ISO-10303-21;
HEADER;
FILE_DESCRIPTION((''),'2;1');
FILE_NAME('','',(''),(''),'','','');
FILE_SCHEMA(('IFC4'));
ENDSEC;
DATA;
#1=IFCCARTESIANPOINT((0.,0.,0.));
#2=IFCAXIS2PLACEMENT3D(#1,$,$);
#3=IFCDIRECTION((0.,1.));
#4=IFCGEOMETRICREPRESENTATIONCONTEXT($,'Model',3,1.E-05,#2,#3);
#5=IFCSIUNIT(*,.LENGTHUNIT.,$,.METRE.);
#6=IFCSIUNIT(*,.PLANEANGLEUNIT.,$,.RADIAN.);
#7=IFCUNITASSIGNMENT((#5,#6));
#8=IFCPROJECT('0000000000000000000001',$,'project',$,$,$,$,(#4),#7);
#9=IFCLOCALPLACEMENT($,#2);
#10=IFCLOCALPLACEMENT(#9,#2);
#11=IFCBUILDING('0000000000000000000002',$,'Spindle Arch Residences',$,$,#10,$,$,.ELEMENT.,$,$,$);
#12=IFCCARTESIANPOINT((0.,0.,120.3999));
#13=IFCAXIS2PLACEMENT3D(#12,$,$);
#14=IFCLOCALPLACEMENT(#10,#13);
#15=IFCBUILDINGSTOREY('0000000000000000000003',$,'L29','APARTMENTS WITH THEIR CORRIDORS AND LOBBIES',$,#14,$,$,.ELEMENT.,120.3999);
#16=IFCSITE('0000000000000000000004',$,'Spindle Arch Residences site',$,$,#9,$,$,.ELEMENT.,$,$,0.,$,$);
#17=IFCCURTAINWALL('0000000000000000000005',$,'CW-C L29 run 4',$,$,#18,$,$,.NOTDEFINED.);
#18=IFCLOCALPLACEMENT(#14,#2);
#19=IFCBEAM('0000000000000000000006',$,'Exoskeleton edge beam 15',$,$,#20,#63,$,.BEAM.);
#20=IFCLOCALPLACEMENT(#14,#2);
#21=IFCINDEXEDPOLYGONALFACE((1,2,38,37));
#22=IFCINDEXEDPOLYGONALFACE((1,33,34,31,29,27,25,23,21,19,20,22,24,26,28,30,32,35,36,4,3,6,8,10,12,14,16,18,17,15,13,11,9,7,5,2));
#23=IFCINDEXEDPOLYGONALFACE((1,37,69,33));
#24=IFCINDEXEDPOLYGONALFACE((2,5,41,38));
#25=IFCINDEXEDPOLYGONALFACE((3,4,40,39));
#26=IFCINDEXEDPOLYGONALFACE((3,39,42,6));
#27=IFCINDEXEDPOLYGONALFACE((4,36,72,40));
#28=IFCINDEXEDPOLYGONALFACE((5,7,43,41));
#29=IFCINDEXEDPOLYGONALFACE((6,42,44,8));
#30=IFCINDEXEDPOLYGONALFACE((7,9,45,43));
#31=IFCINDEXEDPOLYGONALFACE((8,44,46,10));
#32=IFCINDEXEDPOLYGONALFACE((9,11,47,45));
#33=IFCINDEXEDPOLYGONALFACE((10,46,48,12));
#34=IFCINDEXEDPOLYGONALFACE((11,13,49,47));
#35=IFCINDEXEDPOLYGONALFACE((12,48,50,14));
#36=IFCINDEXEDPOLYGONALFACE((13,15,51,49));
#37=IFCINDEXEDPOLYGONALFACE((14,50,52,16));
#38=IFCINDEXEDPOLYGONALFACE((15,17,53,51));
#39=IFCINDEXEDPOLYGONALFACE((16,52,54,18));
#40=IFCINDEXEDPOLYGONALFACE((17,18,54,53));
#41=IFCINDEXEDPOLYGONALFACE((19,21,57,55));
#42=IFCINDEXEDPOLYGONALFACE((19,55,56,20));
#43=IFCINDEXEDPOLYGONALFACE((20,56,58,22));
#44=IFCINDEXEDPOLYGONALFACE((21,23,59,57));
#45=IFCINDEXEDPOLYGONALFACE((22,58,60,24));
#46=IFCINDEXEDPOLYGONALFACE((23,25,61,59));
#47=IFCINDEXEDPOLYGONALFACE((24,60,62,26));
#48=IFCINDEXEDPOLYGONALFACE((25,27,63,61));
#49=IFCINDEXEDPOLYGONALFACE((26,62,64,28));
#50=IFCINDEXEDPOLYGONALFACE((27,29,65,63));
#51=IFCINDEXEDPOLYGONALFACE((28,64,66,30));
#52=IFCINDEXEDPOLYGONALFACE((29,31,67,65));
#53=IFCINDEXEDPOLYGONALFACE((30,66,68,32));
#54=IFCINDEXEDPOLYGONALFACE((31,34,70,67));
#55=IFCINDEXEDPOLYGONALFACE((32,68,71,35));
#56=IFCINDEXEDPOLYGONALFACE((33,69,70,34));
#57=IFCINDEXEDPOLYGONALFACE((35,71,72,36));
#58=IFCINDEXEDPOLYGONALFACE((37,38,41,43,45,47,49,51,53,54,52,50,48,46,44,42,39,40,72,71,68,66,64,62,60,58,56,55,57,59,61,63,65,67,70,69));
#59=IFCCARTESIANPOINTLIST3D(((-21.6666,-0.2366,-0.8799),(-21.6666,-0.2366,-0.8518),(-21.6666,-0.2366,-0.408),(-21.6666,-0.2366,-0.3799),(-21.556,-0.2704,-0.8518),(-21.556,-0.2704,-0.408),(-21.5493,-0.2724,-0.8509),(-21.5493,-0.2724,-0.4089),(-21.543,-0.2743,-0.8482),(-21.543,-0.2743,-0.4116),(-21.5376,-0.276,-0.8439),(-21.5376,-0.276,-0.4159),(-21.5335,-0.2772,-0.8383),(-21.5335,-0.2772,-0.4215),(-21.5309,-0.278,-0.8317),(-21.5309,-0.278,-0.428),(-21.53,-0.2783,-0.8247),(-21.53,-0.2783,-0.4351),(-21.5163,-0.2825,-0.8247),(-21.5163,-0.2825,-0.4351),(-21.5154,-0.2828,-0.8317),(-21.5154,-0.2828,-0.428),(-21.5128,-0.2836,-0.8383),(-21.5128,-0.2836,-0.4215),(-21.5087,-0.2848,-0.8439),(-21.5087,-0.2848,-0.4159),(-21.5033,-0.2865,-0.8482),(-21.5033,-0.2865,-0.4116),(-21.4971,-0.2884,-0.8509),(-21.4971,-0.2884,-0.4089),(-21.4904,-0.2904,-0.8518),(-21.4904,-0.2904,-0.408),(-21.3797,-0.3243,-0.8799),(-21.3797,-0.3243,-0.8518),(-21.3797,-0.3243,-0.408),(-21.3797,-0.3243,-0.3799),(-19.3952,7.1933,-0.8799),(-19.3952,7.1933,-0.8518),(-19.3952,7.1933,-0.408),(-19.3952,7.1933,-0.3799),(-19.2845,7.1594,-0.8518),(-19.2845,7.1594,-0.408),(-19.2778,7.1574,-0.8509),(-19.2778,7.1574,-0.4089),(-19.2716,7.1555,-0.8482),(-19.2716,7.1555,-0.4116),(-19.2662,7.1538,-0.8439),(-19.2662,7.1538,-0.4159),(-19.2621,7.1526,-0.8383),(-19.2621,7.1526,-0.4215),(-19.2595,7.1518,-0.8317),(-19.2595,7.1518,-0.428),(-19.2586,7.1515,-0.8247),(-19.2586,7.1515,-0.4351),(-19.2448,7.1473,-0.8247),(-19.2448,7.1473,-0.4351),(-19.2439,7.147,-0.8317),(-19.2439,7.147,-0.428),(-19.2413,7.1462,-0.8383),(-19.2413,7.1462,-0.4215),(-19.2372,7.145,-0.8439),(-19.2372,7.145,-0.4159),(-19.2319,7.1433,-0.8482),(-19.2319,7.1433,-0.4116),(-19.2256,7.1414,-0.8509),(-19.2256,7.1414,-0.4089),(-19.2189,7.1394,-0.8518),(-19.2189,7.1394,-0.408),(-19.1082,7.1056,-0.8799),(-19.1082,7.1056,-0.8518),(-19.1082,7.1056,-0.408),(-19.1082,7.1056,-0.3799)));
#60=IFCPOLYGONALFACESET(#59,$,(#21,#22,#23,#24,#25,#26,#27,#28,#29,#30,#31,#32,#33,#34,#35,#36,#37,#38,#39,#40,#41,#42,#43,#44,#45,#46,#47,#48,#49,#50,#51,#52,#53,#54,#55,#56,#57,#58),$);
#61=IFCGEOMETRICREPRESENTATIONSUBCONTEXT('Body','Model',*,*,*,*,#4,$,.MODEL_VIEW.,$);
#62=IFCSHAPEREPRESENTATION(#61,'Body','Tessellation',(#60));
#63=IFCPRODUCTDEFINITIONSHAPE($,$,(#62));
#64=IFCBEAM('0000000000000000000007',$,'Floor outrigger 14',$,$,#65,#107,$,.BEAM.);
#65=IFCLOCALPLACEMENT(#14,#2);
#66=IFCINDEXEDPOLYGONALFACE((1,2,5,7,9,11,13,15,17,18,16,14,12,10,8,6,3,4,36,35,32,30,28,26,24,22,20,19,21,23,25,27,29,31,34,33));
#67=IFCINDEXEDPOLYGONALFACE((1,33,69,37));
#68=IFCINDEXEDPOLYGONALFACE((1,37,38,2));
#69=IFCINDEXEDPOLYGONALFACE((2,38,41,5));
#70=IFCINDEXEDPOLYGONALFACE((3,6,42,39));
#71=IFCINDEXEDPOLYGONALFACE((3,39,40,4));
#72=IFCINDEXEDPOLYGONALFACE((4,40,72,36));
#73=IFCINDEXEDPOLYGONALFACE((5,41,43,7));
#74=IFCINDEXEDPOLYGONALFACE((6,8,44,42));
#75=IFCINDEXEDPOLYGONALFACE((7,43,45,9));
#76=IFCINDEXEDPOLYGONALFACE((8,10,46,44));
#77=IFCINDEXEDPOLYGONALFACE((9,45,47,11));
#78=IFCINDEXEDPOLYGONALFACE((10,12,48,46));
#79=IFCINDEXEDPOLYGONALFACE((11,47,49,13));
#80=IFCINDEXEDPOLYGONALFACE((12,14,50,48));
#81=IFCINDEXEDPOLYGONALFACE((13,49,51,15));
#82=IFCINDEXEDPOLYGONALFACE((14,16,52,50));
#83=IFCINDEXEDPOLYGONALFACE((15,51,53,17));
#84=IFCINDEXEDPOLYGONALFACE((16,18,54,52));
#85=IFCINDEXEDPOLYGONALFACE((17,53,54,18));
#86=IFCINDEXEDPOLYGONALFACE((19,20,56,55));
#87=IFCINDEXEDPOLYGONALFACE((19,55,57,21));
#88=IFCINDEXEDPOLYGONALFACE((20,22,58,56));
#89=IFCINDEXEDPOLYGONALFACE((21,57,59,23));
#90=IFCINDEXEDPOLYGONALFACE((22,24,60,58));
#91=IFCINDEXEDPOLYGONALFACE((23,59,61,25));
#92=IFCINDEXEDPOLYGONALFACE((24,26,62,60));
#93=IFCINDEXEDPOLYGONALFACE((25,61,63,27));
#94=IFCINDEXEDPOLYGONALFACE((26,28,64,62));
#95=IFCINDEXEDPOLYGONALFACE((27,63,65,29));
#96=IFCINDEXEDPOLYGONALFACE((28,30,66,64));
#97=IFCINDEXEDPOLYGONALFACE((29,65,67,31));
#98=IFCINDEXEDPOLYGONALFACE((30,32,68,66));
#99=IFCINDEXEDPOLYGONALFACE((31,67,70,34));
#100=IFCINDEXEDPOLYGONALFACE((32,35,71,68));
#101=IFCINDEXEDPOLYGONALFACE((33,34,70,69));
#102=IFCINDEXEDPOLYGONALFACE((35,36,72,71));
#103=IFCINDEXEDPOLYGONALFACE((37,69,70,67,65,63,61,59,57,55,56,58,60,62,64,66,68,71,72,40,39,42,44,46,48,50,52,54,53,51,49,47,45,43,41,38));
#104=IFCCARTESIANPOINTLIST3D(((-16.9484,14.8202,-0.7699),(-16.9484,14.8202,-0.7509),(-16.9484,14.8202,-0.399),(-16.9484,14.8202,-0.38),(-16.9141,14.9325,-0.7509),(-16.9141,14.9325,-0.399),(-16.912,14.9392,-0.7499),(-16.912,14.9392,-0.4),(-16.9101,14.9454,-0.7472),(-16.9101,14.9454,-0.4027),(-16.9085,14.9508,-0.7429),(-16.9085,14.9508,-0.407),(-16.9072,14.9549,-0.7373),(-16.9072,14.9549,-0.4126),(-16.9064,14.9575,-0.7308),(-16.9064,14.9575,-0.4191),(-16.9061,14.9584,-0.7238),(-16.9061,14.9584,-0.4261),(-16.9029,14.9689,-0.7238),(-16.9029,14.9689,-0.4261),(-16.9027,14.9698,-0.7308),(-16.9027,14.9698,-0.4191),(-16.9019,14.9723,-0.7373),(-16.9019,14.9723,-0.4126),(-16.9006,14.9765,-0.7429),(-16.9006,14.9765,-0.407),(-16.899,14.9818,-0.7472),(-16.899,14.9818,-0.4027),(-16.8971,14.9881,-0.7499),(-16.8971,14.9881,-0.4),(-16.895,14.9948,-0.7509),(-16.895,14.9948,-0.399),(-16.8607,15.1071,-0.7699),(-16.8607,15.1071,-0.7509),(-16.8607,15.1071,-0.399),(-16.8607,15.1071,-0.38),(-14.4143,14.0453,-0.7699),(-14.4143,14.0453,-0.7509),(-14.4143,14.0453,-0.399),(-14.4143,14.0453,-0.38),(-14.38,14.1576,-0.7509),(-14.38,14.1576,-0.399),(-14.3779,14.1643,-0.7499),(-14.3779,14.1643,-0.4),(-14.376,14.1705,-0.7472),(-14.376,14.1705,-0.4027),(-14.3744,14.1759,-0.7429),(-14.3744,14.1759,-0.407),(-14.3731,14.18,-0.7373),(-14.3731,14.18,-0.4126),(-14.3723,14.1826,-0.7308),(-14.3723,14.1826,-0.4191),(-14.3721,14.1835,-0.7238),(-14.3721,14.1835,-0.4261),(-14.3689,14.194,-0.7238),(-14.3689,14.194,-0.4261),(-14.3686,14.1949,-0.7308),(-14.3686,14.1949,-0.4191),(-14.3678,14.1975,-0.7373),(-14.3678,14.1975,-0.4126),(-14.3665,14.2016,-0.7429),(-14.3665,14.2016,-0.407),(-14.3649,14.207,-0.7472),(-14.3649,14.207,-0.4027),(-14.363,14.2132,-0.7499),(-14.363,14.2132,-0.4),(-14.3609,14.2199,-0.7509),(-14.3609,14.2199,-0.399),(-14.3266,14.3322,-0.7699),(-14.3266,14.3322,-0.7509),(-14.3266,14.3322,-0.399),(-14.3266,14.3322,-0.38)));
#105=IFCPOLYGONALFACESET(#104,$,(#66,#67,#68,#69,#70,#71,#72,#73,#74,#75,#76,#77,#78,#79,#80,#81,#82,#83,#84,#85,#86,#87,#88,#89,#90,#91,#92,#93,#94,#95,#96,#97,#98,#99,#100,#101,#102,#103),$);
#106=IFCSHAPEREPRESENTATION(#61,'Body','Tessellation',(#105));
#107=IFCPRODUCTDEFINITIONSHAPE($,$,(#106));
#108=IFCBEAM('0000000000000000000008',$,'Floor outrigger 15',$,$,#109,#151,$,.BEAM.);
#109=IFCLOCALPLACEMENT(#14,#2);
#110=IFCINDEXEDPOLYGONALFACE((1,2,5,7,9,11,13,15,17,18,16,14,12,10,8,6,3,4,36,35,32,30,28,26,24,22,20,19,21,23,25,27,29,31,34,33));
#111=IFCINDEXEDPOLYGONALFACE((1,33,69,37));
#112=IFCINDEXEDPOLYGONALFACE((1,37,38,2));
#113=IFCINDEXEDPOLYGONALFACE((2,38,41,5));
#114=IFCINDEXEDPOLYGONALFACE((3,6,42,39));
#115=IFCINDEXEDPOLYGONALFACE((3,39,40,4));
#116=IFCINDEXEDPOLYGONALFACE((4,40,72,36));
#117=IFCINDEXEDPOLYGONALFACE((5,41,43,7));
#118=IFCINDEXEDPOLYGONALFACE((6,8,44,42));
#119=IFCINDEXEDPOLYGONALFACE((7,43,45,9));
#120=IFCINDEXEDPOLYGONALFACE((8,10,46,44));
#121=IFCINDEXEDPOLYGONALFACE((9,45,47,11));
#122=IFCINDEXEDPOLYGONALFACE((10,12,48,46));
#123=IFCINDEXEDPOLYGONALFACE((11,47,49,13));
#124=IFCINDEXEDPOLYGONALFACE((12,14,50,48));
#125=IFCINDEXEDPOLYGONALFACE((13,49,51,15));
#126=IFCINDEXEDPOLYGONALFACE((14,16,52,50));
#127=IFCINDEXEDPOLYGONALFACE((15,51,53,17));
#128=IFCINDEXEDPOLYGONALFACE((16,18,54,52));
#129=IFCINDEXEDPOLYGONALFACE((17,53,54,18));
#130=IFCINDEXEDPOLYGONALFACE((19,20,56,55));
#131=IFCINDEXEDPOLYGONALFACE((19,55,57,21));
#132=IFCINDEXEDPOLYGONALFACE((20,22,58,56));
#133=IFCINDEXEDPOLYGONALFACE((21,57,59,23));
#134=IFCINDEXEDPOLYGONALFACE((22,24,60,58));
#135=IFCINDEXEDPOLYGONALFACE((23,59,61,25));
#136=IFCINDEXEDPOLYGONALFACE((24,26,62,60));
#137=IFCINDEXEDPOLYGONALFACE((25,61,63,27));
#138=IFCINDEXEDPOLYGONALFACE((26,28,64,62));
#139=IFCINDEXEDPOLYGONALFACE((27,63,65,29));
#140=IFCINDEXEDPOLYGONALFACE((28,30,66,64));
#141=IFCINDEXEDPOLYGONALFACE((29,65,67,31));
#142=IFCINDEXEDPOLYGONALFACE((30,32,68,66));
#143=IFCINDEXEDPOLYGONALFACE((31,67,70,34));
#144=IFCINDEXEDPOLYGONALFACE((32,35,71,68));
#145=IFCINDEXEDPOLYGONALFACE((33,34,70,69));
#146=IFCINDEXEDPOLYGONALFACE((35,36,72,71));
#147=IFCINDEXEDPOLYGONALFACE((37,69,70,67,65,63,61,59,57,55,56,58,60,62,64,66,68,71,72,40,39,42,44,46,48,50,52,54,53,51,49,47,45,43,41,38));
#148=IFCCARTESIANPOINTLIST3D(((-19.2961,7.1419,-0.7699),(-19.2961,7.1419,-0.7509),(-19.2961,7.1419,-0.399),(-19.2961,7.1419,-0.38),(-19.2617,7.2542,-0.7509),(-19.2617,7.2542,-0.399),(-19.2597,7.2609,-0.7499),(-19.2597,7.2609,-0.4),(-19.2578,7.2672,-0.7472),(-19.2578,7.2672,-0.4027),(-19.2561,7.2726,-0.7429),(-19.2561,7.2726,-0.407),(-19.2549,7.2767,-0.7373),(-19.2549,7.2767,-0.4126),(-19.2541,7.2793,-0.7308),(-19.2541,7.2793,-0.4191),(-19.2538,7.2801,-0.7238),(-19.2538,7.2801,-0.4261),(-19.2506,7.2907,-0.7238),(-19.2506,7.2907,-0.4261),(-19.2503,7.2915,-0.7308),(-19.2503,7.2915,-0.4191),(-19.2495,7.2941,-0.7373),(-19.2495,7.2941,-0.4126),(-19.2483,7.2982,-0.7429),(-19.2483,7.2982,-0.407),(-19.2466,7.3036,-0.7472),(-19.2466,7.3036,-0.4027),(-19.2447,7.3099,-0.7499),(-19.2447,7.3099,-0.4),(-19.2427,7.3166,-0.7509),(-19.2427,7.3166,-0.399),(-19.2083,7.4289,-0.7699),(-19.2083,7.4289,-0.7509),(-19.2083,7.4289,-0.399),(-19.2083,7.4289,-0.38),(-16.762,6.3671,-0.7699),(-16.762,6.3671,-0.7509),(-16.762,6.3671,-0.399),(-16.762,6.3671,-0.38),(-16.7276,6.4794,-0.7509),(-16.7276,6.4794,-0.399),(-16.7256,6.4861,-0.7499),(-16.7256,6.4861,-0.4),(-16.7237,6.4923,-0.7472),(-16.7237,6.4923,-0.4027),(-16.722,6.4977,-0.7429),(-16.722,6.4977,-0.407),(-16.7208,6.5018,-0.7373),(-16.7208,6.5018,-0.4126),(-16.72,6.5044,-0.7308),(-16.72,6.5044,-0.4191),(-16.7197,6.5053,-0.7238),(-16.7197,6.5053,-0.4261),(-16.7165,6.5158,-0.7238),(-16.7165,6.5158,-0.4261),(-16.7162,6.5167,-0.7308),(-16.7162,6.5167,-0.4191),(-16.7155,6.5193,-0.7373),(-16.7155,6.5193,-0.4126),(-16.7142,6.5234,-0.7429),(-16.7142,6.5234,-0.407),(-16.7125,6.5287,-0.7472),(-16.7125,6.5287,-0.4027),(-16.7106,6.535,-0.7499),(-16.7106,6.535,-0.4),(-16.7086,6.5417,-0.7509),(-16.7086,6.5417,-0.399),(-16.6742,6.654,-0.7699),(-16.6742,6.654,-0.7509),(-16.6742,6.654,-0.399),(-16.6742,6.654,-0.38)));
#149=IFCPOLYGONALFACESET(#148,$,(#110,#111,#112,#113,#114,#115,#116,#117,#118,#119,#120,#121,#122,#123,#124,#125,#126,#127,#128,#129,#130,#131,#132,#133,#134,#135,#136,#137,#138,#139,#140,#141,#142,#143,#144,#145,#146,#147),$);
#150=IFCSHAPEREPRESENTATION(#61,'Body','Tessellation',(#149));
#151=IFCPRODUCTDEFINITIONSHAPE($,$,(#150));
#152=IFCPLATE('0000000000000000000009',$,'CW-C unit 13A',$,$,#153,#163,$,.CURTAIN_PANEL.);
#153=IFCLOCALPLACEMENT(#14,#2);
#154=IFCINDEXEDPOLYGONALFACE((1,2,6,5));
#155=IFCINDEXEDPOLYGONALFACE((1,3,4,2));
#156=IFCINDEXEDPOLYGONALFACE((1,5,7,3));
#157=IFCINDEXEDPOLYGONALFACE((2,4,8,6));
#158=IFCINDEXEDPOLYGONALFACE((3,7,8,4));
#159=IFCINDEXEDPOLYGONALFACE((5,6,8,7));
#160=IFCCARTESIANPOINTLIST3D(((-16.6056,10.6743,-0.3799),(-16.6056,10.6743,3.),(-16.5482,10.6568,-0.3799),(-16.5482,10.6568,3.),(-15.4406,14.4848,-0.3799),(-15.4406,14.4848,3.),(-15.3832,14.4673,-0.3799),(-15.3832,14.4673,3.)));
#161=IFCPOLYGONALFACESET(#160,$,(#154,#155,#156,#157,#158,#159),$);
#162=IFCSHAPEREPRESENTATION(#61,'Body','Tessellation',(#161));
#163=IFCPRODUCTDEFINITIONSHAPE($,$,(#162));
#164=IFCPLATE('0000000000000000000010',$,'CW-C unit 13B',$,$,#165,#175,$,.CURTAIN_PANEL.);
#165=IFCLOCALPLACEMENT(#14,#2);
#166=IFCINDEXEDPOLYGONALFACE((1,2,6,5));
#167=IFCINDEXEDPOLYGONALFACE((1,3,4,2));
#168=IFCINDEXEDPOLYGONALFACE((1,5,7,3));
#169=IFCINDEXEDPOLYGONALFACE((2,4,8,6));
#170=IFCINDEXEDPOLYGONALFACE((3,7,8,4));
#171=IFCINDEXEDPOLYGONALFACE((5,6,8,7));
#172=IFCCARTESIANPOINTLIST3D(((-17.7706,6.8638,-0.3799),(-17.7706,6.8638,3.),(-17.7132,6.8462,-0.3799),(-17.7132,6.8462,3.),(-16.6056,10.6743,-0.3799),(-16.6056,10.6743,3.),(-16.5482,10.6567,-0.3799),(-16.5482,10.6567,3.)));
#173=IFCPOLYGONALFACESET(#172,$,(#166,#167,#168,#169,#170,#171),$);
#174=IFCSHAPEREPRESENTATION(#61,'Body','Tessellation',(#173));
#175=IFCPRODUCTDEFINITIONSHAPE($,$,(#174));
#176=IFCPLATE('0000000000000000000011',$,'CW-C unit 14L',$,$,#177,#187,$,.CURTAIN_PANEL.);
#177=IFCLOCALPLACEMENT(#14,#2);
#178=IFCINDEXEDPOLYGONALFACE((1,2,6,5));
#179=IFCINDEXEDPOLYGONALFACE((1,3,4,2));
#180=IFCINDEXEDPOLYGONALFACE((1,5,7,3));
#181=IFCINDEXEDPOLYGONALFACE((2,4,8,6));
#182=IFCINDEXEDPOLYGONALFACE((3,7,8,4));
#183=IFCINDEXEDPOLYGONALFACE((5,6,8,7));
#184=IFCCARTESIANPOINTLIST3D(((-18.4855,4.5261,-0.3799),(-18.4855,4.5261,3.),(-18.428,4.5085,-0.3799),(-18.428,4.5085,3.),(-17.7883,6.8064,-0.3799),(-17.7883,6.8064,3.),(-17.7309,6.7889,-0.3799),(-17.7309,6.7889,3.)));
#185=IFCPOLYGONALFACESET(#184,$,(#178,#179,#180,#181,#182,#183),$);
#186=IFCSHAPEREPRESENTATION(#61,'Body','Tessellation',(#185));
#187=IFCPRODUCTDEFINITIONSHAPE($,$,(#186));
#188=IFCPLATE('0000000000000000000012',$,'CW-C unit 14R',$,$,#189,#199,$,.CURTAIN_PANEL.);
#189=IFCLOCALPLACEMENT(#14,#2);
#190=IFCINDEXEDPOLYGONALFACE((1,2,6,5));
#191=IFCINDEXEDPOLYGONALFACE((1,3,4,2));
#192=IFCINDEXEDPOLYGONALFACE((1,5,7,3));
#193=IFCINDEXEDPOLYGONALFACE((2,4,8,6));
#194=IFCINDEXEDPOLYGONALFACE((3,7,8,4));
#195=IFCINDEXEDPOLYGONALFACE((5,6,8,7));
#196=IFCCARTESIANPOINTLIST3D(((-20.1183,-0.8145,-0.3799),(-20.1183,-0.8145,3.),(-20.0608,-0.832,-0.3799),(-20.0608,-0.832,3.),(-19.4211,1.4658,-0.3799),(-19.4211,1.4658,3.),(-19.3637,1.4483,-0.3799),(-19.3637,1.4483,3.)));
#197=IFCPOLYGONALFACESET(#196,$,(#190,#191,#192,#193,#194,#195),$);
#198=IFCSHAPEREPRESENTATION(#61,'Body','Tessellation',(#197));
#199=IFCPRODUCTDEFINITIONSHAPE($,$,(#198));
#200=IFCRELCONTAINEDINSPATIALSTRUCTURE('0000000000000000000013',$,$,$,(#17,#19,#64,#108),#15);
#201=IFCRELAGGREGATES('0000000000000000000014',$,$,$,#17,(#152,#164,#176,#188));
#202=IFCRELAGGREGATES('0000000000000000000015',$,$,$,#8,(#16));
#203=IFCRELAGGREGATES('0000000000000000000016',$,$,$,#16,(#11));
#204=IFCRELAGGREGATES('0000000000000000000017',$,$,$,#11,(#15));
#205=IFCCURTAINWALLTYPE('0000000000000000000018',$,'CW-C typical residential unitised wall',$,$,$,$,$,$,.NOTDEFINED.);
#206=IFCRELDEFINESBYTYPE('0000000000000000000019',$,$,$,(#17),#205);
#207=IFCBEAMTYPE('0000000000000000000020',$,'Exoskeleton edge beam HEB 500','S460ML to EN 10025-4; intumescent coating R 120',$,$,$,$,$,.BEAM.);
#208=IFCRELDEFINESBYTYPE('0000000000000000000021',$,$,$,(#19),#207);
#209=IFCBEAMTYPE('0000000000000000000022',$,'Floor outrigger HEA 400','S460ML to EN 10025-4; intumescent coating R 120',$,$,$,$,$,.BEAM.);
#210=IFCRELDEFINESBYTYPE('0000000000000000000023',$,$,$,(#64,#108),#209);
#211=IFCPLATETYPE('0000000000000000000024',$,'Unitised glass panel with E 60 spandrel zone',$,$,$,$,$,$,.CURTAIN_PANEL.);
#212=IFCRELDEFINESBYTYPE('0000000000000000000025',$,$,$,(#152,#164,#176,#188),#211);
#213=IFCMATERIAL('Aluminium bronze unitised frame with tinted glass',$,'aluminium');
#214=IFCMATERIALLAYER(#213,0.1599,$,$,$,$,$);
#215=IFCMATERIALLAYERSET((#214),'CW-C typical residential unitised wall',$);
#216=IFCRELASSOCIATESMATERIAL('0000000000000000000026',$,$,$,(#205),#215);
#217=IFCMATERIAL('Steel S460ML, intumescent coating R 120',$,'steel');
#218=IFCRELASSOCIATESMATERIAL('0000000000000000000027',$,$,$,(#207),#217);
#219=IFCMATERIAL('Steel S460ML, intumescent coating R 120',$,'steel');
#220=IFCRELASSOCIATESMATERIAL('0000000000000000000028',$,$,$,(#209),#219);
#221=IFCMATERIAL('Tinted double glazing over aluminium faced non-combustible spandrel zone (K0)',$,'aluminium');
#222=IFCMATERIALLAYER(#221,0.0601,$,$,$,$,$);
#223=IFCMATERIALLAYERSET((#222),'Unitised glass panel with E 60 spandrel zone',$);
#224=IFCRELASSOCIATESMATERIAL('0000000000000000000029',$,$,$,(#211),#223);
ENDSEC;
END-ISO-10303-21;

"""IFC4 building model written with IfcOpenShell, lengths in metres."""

from ifc_helpers import new_model, si_unit, direction, frame, origin, origin_2d, place, context, subcontext, project, spatial, rectangle, i_section, extrude, material, layer, layer_set, material_profile, profile_set, type_object, element, aggregate, save


model = new_model("IFC4")

# Units and contexts
model_context = context("Model", 3, precision=1e-05, world=origin(), true_north=direction((0.0, 1.0)))
body_context = subcontext(model_context, "Body", "Model", "MODEL_VIEW")
ifc_project = project(units=[si_unit("LENGTHUNIT", "METRE"), si_unit("PLANEANGLEUNIT", "RADIAN")], contexts=[model_context])

# Site, building, storey
site_placement = place(None, origin())
site = spatial("IfcSite", under=ifc_project, at=site_placement, Name="Spindle Arch Residences site", CompositionType="ELEMENT", RefElevation=0.0)
building_placement = place(site_placement, origin())
building = spatial("IfcBuilding", under=site, at=building_placement, Name="Spindle Arch Residences", CompositionType="ELEMENT")
storey_placement = place(building_placement, frame((0.0, 0.0, 120.3999)))
storey = spatial("IfcBuildingStorey", under=building, at=storey_placement, Name="L29", Description="APARTMENTS WITH THEIR CORRIDORS AND LOBBIES", CompositionType="ELEMENT", Elevation=120.3999)

# Curtain wall
ifc_material_1 = material(Name="Aluminium bronze unitised frame with tinted glass", Category="aluminium")
ifc_layer_1 = layer(ifc_material_1, 0.1599)
ifc_layer_set_1 = layer_set([ifc_layer_1], Name="CW-C typical residential unitised wall")
curtain_wall_type = type_object("IfcCurtainWallType", Name="CW-C typical residential unitised wall", PredefinedType="NOTDEFINED", material=ifc_layer_set_1)
curtain_wall_placement = place(storey_placement, origin())
curtain_wall = element("IfcCurtainWall", 1, at=curtain_wall_placement, inside=storey, type_object=curtain_wall_type, Name="CW-C L29 run 4", PredefinedType="NOTDEFINED")

# Beams
ifc_material_2 = material(Name="Steel S460ML, intumescent coating R 120", Category="steel")
ifc_material_profile_1 = material_profile(ifc_material_2, i_section(OverallWidth=0.3, OverallDepth=0.5, WebThickness=0.0144, FlangeThickness=0.0281, FilletRadius=0.0271, at=origin_2d()), Name="HEB 500")
ifc_profile_set_1 = profile_set([ifc_material_profile_1], Name="Steel S460ML, intumescent coating R 120")
beam_type_1 = type_object("IfcBeamType", Name="Exoskeleton edge beam HEB 500", Description="S460ML to EN 10025-4; intumescent coating R 120", PredefinedType="BEAM", material=ifc_profile_set_1)
beam_1_placement = place(storey_placement, frame((-19.2517, 7.1494, -0.6299), z_axis=(-0.292363, -0.956307, 0.0), x_axis=(0.956307, -0.292363, 0.0)))
element("IfcBeam", 2, at=beam_1_placement, inside=storey, type_object=beam_type_1, Name="Exoskeleton edge beam 15", PredefinedType="BEAM", context=body_context, shape_type="SweptSolid", body=[
    extrude(i_section(OverallWidth=0.3, OverallDepth=0.5, WebThickness=0.0144, FlangeThickness=0.0281, FilletRadius=0.0271, at=origin_2d()), origin(), (0.0, 0.0, 1.0), 7.7693),
])
ifc_material_3 = material(Name="Steel S460ML, intumescent coating R 120", Category="steel")
ifc_material_profile_2 = material_profile(ifc_material_3, i_section(OverallWidth=0.3, OverallDepth=0.3899, WebThickness=0.011, FlangeThickness=0.019, FilletRadius=0.0271, at=origin_2d()), Name="HEA 400")
ifc_profile_set_2 = profile_set([ifc_material_profile_2], Name="Steel S460ML, intumescent coating R 120")
beam_type_2 = type_object("IfcBeamType", Name="Floor outrigger HEA 400", Description="S460ML to EN 10025-4; intumescent coating R 120", PredefinedType="BEAM", material=ifc_profile_set_2)
for number, where, z_axis, x_axis, name in (
    (3, (-16.9045, 14.9636, -0.575), (0.956291, -0.292415, 0.0), (0.292415, 0.956291, 0.0), "Floor outrigger 14"),
    (4, (-19.2522, 7.2854, -0.575), (0.956291, -0.292415, 0.0), (0.292415, 0.956291, 0.0), "Floor outrigger 15"),
):
    element("IfcBeam", number, at=place(storey_placement, frame(where, z_axis=z_axis, x_axis=x_axis)), inside=storey, type_object=beam_type_2, Name=name, PredefinedType="BEAM", context=body_context, shape_type="SweptSolid", body=[
        extrude(i_section(OverallWidth=0.3, OverallDepth=0.3899, WebThickness=0.011, FlangeThickness=0.019, FilletRadius=0.0271, at=origin_2d()), origin(), (0.0, 0.0, 1.0), 2.6499),
    ])

# Plates
ifc_material_4 = material(Name="Tinted double glazing over aluminium faced non-combustible spandrel zone (K0)", Category="aluminium")
ifc_layer_2 = layer(ifc_material_4, 0.0601)
ifc_layer_set_2 = layer_set([ifc_layer_2], Name="Unitised glass panel with E 60 spandrel zone")
plate_type = type_object("IfcPlateType", Name="Unitised glass panel with E 60 spandrel zone", PredefinedType="CURTAIN_PANEL", material=ifc_layer_set_2)
plate_1_placement = place(storey_placement, frame((-15.9944, 12.5708, -0.3799), z_axis=(0.0, 0.0, 1.0), x_axis=(-0.292372, -0.956305, 0.0)))
plate_1 = element("IfcPlate", 5, at=plate_1_placement, type_object=plate_type, Name="CW-C unit 13A", PredefinedType="CURTAIN_PANEL", context=body_context, shape_type="SweptSolid", body=[
    extrude(rectangle(XDim=3.9846, YDim=0.0601, at=origin_2d()), origin(), (0.0, 0.0, 1.0), 3.3799),
])
plate_2_placement = place(storey_placement, frame((-17.1594, 8.7603, -0.3799), z_axis=(0.0, 0.0, 1.0), x_axis=(-0.292372, -0.956305, 0.0)))
plate_2 = element("IfcPlate", 6, at=plate_2_placement, type_object=plate_type, Name="CW-C unit 13B", PredefinedType="CURTAIN_PANEL", context=body_context, shape_type="SweptSolid", body=[
    extrude(rectangle(XDim=3.9846, YDim=0.0601, at=origin_2d()), origin(), (0.0, 0.0, 1.0), 3.3799),
])
plate_3_placement = place(storey_placement, frame((-18.1082, 5.6575, -0.3799), z_axis=(0.0, 0.0, 1.0), x_axis=(-0.292372, -0.956305, 0.0)))
plate_3 = element("IfcPlate", 7, at=plate_3_placement, type_object=plate_type, Name="CW-C unit 14L", PredefinedType="CURTAIN_PANEL", context=body_context, shape_type="SweptSolid", body=[
    extrude(rectangle(XDim=2.3845, YDim=0.0601, at=origin_2d()), origin(), (0.0, 0.0, 1.0), 3.3799),
])
plate_4_placement = place(storey_placement, frame((-19.741, 0.3169, -0.3799), z_axis=(0.0, 0.0, 1.0), x_axis=(-0.292372, -0.956305, 0.0)))
plate_4 = element("IfcPlate", 8, at=plate_4_placement, type_object=plate_type, Name="CW-C unit 14R", PredefinedType="CURTAIN_PANEL", context=body_context, shape_type="SweptSolid", body=[
    extrude(rectangle(XDim=2.3845, YDim=0.0601, at=origin_2d()), origin(), (0.0, 0.0, 1.0), 3.3799),
])
aggregate(curtain_wall, [plate_1, plate_2, plate_3, plate_4])

save(model, "model.ifc")
